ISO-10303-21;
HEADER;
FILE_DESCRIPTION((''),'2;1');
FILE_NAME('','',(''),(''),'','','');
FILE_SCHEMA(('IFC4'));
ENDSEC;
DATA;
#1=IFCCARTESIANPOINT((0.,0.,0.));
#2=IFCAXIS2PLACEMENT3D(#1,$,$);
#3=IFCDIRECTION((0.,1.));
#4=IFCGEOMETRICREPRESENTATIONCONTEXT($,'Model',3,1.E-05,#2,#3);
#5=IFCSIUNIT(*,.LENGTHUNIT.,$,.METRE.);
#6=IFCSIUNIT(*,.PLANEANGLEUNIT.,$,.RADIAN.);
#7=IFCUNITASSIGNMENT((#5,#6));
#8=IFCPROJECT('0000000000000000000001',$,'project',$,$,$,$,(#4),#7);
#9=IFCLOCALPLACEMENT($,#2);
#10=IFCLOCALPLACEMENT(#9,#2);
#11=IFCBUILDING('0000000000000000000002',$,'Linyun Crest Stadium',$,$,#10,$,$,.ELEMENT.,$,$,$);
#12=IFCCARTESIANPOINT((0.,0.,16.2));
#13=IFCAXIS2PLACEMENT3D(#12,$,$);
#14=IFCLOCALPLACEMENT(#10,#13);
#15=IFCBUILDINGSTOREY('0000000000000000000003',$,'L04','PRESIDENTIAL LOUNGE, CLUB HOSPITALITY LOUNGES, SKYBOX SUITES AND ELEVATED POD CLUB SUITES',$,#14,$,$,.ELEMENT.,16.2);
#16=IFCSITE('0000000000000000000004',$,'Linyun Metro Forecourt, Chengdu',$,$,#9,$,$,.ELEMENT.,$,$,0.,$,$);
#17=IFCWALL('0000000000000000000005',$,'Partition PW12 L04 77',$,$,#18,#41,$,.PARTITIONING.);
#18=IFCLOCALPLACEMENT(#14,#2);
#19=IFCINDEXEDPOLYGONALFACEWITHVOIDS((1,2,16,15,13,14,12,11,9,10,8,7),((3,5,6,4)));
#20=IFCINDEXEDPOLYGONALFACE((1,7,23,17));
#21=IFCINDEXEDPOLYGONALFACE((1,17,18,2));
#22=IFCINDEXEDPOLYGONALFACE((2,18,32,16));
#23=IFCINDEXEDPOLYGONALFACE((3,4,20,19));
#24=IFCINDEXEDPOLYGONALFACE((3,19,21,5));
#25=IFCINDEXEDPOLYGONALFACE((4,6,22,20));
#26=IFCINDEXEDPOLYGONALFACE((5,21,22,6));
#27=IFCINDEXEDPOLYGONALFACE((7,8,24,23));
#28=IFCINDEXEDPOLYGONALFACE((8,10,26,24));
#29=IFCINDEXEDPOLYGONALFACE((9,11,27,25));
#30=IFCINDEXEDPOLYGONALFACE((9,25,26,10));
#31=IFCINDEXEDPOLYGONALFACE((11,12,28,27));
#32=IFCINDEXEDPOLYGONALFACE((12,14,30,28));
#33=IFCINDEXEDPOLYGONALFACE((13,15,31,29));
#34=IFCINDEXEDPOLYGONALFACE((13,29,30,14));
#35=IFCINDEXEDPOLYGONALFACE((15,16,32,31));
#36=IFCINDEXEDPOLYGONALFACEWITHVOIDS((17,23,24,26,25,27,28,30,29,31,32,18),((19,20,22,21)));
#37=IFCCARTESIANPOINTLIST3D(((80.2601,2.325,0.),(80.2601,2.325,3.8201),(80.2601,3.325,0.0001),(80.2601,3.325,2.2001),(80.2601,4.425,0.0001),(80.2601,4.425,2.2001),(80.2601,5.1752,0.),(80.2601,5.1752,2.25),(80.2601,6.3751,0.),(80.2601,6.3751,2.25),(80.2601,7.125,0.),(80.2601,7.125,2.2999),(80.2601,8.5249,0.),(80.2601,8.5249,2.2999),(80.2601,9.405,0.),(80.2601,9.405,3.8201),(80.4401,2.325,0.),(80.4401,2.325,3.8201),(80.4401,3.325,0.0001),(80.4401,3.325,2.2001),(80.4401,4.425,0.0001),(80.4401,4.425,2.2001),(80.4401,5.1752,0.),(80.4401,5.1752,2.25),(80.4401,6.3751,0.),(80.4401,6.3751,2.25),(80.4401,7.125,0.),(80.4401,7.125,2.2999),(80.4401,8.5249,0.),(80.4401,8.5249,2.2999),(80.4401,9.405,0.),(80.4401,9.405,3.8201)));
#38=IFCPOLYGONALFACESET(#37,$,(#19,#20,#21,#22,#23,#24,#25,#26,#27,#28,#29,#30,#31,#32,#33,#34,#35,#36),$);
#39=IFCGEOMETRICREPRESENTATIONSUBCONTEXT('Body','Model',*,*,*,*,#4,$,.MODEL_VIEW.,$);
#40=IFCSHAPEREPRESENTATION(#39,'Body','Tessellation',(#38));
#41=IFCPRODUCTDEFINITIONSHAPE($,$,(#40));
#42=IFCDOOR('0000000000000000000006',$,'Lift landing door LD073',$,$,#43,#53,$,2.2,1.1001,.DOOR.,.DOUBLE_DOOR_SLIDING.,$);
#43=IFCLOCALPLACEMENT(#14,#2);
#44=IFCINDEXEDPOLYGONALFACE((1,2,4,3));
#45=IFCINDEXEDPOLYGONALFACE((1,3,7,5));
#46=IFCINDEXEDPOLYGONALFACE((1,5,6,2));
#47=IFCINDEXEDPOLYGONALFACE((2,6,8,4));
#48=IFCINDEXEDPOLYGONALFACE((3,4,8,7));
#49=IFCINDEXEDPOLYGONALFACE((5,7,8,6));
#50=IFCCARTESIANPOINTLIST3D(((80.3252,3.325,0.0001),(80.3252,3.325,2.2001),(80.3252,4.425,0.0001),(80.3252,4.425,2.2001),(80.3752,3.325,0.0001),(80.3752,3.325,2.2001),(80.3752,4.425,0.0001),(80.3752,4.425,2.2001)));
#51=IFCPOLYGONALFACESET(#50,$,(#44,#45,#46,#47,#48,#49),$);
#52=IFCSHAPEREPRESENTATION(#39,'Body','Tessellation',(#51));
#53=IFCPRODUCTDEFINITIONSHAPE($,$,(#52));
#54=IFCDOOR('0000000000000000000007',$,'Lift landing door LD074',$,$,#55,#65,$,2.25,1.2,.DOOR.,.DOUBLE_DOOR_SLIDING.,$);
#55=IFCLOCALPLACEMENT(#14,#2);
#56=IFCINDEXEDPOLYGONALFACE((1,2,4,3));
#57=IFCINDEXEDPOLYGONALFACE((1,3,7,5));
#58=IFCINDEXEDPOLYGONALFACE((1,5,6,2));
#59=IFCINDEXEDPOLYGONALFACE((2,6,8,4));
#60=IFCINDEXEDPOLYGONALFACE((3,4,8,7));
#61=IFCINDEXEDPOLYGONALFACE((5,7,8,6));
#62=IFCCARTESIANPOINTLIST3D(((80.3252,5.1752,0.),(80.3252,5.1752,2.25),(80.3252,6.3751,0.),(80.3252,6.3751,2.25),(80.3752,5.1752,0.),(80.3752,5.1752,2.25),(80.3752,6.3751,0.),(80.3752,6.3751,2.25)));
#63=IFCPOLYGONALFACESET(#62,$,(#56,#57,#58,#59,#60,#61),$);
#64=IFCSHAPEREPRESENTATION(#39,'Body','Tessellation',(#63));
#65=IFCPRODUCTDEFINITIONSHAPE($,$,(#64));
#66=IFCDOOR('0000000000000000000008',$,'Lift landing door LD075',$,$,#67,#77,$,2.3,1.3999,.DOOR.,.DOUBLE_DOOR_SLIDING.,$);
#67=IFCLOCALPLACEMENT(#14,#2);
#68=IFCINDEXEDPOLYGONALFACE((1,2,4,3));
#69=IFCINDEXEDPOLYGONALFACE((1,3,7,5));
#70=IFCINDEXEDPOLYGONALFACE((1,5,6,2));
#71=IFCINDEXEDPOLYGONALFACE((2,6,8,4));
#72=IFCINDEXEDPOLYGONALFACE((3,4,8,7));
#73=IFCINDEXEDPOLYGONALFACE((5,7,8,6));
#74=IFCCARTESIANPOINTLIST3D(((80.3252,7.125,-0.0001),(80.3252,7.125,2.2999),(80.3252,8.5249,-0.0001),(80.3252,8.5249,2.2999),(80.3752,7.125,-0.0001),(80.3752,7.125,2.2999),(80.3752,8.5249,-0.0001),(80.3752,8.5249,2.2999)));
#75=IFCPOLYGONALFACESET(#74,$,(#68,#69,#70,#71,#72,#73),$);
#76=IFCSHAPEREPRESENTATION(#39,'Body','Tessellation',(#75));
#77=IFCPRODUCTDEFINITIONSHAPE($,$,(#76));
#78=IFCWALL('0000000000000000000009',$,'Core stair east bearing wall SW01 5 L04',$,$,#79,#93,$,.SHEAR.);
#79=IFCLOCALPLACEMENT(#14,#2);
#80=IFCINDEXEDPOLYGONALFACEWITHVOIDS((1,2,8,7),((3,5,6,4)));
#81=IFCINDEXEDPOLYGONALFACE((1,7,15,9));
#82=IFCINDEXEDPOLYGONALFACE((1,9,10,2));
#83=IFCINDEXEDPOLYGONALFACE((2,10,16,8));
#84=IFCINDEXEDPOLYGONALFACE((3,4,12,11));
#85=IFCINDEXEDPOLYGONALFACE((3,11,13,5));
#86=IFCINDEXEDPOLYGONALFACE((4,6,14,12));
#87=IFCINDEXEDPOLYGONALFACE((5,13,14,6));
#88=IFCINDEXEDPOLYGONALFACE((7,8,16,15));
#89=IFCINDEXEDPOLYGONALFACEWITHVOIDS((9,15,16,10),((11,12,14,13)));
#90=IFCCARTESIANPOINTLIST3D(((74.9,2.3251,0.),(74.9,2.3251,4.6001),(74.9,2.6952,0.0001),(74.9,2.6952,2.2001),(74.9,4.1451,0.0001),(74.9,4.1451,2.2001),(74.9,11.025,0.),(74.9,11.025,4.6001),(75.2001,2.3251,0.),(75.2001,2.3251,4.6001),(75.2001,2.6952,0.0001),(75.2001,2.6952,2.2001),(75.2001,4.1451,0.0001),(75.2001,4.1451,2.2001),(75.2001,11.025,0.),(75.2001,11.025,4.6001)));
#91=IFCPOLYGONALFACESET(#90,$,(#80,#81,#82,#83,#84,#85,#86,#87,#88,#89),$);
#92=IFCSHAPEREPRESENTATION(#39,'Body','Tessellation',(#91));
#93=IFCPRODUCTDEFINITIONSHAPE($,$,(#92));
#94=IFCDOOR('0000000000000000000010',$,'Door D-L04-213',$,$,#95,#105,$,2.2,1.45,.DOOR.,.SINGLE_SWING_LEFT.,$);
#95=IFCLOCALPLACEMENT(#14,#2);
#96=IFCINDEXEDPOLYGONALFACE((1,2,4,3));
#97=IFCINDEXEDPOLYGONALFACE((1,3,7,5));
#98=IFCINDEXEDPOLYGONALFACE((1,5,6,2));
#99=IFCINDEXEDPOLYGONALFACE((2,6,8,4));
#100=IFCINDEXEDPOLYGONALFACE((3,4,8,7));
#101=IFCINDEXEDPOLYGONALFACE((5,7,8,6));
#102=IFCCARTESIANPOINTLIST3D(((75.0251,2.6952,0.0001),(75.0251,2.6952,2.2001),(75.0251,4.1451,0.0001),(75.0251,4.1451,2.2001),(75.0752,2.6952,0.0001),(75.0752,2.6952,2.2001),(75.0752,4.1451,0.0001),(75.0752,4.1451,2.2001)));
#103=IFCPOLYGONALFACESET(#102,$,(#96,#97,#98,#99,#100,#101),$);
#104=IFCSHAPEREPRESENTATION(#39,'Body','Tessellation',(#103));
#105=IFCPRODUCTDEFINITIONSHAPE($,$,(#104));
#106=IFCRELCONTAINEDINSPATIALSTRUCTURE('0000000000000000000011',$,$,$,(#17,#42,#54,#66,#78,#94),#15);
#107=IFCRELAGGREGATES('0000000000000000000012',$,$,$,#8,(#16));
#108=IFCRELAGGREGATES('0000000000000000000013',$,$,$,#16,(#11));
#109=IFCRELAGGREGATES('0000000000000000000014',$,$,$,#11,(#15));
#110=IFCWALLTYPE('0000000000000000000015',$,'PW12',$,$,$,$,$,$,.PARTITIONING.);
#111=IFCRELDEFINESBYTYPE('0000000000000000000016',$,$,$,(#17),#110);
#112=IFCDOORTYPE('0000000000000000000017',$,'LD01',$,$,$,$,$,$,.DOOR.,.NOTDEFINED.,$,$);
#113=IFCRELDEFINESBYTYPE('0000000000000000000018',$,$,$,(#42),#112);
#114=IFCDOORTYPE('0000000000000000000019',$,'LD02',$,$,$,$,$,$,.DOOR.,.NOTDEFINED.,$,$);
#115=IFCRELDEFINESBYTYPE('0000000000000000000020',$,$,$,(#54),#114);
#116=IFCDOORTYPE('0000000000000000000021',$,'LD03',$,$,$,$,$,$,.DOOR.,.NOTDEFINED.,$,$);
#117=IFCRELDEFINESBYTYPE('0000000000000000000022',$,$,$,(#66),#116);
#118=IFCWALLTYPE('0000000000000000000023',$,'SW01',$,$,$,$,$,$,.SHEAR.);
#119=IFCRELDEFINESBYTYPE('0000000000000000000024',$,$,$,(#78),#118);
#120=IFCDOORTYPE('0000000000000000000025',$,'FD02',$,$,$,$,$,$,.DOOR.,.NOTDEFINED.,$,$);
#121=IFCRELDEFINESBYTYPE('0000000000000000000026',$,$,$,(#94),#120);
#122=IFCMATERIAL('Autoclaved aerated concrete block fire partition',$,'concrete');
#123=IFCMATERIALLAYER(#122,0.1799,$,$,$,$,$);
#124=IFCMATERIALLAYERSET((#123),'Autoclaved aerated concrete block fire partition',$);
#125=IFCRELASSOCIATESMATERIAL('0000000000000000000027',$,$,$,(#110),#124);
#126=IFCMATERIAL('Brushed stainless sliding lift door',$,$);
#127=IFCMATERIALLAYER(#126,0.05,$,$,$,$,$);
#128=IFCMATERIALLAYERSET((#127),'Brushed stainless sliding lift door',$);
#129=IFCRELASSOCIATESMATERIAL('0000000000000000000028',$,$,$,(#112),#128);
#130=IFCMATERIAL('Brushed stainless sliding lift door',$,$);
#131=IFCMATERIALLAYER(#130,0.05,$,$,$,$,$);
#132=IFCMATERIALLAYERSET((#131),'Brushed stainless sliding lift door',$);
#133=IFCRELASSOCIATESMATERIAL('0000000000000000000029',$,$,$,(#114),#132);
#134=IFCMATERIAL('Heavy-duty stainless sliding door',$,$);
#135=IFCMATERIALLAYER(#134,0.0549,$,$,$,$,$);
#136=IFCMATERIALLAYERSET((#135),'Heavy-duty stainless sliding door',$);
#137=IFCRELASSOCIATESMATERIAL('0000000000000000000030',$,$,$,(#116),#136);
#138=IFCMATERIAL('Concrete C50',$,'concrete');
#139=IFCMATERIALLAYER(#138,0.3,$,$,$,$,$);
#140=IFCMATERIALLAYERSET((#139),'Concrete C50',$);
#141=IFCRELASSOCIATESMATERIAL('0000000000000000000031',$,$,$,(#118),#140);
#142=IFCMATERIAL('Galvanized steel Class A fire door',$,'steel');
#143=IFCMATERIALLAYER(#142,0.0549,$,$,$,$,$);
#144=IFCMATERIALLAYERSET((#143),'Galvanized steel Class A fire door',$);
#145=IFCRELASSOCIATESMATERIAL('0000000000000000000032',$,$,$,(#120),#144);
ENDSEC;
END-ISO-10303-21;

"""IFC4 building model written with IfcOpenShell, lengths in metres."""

from ifc_helpers import new_model, si_unit, direction, frame, frame_2d, origin, place, context, subcontext, project, spatial, rectangle, extrude, material, layer, layer_set, type_object, element, fill, save


model = new_model("IFC4")

# Units and contexts
model_context = context("Model", 3, precision=1e-05, world=origin(), true_north=direction((0.0, 1.0)))
body_context = subcontext(model_context, "Body", "Model", "MODEL_VIEW")
ifc_project = project(units=[si_unit("LENGTHUNIT", "METRE"), si_unit("PLANEANGLEUNIT", "RADIAN")], contexts=[model_context])

# Site, building, storey
site_placement = place(None, origin())
site = spatial("IfcSite", under=ifc_project, at=site_placement, Name="Linyun Metro Forecourt, Chengdu", CompositionType="ELEMENT", RefElevation=0.0)
building_placement = place(site_placement, origin())
building = spatial("IfcBuilding", under=site, at=building_placement, Name="Linyun Crest Stadium", CompositionType="ELEMENT")
storey_placement = place(building_placement, frame((0.0, 0.0, 16.2)))
storey = spatial("IfcBuildingStorey", under=building, at=storey_placement, Name="L04", Description="PRESIDENTIAL LOUNGE, CLUB HOSPITALITY LOUNGES, SKYBOX SUITES AND ELEVATED POD CLUB SUITES", CompositionType="ELEMENT", Elevation=16.2)

# Wall, openings, doors
ifc_material_1 = material(Name="Autoclaved aerated concrete block fire partition", Category="concrete")
ifc_layer_1 = layer(ifc_material_1, 0.1799)
ifc_layer_set_1 = layer_set([ifc_layer_1], Name="Autoclaved aerated concrete block fire partition")
wall_type_1 = type_object("IfcWallType", Name="PW12", PredefinedType="PARTITIONING", material=ifc_layer_set_1)
wall_1_placement = place(storey_placement, frame((80.3501, 2.325, 0.0), z_axis=(0.0, 0.0, 1.0), x_axis=(0.0, 1.0, 0.0)))
wall_1 = element("IfcWall", 1, at=wall_1_placement, inside=storey, type_object=wall_type_1, Name="Partition PW12 L04 77", PredefinedType="PARTITIONING", context=body_context, shape_type="SweptSolid", body=[
    extrude(rectangle(XDim=7.0801, YDim=0.1799, at=frame_2d((3.54, 0.0))), origin(), (0.0, 0.0, 1.0), 3.8201),
])
opening_1_placement = place(wall_1_placement, frame((1.0, 0.0, 0.0)))
opening_1 = element("IfcOpeningElement", 2, at=opening_1_placement, cuts=wall_1, PredefinedType="OPENING", context=body_context, shape_type="SweptSolid", body=[
    extrude(rectangle(XDim=1.1001, YDim=2.2, at=frame_2d((0.55, 1.1001))), frame((0.0, 0.0999, 0.0), z_axis=(0.0, -1.0, 0.0), x_axis=(1.0, 0.0, 0.0)), (0.0, 0.0, 1.0), 0.2),
])
opening_2_placement = place(wall_1_placement, frame((2.8501, 0.0, 0.0)))
opening_2 = element("IfcOpeningElement", 3, at=opening_2_placement, cuts=wall_1, PredefinedType="OPENING", context=body_context, shape_type="SweptSolid", body=[
    extrude(rectangle(XDim=1.2, YDim=2.25, at=frame_2d((0.6001, 1.125))), frame((0.0, 0.0999, 0.0), z_axis=(0.0, -1.0, 0.0), x_axis=(1.0, 0.0, 0.0)), (0.0, 0.0, 1.0), 0.2),
])
opening_3_placement = place(wall_1_placement, frame((4.8, 0.0, 0.0)))
opening_3 = element("IfcOpeningElement", 4, at=opening_3_placement, cuts=wall_1, PredefinedType="OPENING", context=body_context, shape_type="SweptSolid", body=[
    extrude(rectangle(XDim=1.3999, YDim=2.3, at=frame_2d((0.7, 1.1499))), frame((0.0, 0.0999, 0.0), z_axis=(0.0, -1.0, 0.0), x_axis=(1.0, 0.0, 0.0)), (0.0, 0.0, 1.0), 0.2),
])
ifc_material_2 = material(Name="Brushed stainless sliding lift door")
ifc_layer_2 = layer(ifc_material_2, 0.05)
ifc_layer_set_2 = layer_set([ifc_layer_2], Name="Brushed stainless sliding lift door")
door_type_1 = type_object("IfcDoorType", Name="LD01", OperationType="NOTDEFINED", PredefinedType="DOOR", material=ifc_layer_set_2)
door_1_placement = place(opening_1_placement, origin())
door_1 = element("IfcDoor", 5, at=door_1_placement, inside=storey, type_object=door_type_1, Name="Lift landing door LD073", OperationType="DOUBLE_DOOR_SLIDING", OverallHeight=2.2, OverallWidth=1.1001, PredefinedType="DOOR", context=body_context, shape_type="SweptSolid", body=[
    extrude(rectangle(XDim=1.1001, YDim=2.2, at=frame_2d((0.55, 1.1001))), frame((0.0, 0.0249, 0.0), z_axis=(0.0, -1.0, 0.0), x_axis=(1.0, 0.0, 0.0)), (0.0, 0.0, 1.0), 0.05),
])
fill(opening_1, door_1)
ifc_material_3 = material(Name="Brushed stainless sliding lift door")
ifc_layer_3 = layer(ifc_material_3, 0.05)
ifc_layer_set_3 = layer_set([ifc_layer_3], Name="Brushed stainless sliding lift door")
door_type_2 = type_object("IfcDoorType", Name="LD02", OperationType="NOTDEFINED", PredefinedType="DOOR", material=ifc_layer_set_3)
door_2_placement = place(opening_2_placement, origin())
door_2 = element("IfcDoor", 6, at=door_2_placement, inside=storey, type_object=door_type_2, Name="Lift landing door LD074", OperationType="DOUBLE_DOOR_SLIDING", OverallHeight=2.25, OverallWidth=1.2, PredefinedType="DOOR", context=body_context, shape_type="SweptSolid", body=[
    extrude(rectangle(XDim=1.2, YDim=2.25, at=frame_2d((0.6001, 1.125))), frame((0.0, 0.0249, 0.0), z_axis=(0.0, -1.0, 0.0), x_axis=(1.0, 0.0, 0.0)), (0.0, 0.0, 1.0), 0.05),
])
fill(opening_2, door_2)
ifc_material_4 = material(Name="Heavy-duty stainless sliding door")
ifc_layer_4 = layer(ifc_material_4, 0.0549)
ifc_layer_set_4 = layer_set([ifc_layer_4], Name="Heavy-duty stainless sliding door")
door_type_3 = type_object("IfcDoorType", Name="LD03", OperationType="NOTDEFINED", PredefinedType="DOOR", material=ifc_layer_set_4)
door_3_placement = place(opening_3_placement, origin())
door_3 = element("IfcDoor", 7, at=door_3_placement, inside=storey, type_object=door_type_3, Name="Lift landing door LD075", OperationType="DOUBLE_DOOR_SLIDING", OverallHeight=2.3, OverallWidth=1.3999, PredefinedType="DOOR", context=body_context, shape_type="SweptSolid", body=[
    extrude(rectangle(XDim=1.3999, YDim=2.3, at=frame_2d((0.7, 1.1499))), frame((0.0, 0.0249, 0.0), z_axis=(0.0, -1.0, 0.0), x_axis=(1.0, 0.0, 0.0)), (0.0, 0.0, 1.0), 0.05),
])
fill(opening_3, door_3)

# Wall, opening, door
ifc_material_5 = material(Name="Concrete C50", Category="concrete")
ifc_layer_5 = layer(ifc_material_5, 0.3)
ifc_layer_set_5 = layer_set([ifc_layer_5], Name="Concrete C50")
wall_type_2 = type_object("IfcWallType", Name="SW01", PredefinedType="SHEAR", material=ifc_layer_set_5)
wall_2_placement = place(storey_placement, frame((75.05, 2.325, 0.0), z_axis=(0.0, 0.0, 1.0), x_axis=(0.0, 1.0, 0.0)))
wall_2 = element("IfcWall", 8, at=wall_2_placement, inside=storey, type_object=wall_type_2, Name="Core stair east bearing wall SW01 5 L04", PredefinedType="SHEAR", context=body_context, shape_type="SweptSolid", body=[
    extrude(rectangle(XDim=8.7, YDim=0.3, at=frame_2d((4.3501, 0.0))), origin(), (0.0, 0.0, 1.0), 4.6001),
])
opening_4_placement = place(wall_2_placement, frame((0.3701, 0.0, 0.0)))
opening_4 = element("IfcOpeningElement", 9, at=opening_4_placement, cuts=wall_2, PredefinedType="OPENING", context=body_context, shape_type="SweptSolid", body=[
    extrude(rectangle(XDim=1.45, YDim=2.2, at=frame_2d((0.7251, 1.1001))), frame((0.0, 0.1599, 0.0), z_axis=(0.0, -1.0, 0.0), x_axis=(1.0, 0.0, 0.0)), (0.0, 0.0, 1.0), 0.3201),
])
ifc_material_6 = material(Name="Galvanized steel Class A fire door", Category="steel")
ifc_layer_6 = layer(ifc_material_6, 0.0549)
ifc_layer_set_6 = layer_set([ifc_layer_6], Name="Galvanized steel Class A fire door")
door_type_4 = type_object("IfcDoorType", Name="FD02", OperationType="NOTDEFINED", PredefinedType="DOOR", material=ifc_layer_set_6)
door_4_placement = place(opening_4_placement, origin())
door_4 = element("IfcDoor", 10, at=door_4_placement, inside=storey, type_object=door_type_4, Name="Door D-L04-213", OperationType="SINGLE_SWING_LEFT", OverallHeight=2.2, OverallWidth=1.45, PredefinedType="DOOR", context=body_context, shape_type="SweptSolid", body=[
    extrude(rectangle(XDim=1.45, YDim=2.2, at=frame_2d((0.7251, 1.1001))), frame((0.0, 0.0249, 0.0), z_axis=(0.0, -1.0, 0.0), x_axis=(1.0, 0.0, 0.0)), (0.0, 0.0, 1.0), 0.05),
])
fill(opening_4, door_4)

save(model, "model.ifc")
